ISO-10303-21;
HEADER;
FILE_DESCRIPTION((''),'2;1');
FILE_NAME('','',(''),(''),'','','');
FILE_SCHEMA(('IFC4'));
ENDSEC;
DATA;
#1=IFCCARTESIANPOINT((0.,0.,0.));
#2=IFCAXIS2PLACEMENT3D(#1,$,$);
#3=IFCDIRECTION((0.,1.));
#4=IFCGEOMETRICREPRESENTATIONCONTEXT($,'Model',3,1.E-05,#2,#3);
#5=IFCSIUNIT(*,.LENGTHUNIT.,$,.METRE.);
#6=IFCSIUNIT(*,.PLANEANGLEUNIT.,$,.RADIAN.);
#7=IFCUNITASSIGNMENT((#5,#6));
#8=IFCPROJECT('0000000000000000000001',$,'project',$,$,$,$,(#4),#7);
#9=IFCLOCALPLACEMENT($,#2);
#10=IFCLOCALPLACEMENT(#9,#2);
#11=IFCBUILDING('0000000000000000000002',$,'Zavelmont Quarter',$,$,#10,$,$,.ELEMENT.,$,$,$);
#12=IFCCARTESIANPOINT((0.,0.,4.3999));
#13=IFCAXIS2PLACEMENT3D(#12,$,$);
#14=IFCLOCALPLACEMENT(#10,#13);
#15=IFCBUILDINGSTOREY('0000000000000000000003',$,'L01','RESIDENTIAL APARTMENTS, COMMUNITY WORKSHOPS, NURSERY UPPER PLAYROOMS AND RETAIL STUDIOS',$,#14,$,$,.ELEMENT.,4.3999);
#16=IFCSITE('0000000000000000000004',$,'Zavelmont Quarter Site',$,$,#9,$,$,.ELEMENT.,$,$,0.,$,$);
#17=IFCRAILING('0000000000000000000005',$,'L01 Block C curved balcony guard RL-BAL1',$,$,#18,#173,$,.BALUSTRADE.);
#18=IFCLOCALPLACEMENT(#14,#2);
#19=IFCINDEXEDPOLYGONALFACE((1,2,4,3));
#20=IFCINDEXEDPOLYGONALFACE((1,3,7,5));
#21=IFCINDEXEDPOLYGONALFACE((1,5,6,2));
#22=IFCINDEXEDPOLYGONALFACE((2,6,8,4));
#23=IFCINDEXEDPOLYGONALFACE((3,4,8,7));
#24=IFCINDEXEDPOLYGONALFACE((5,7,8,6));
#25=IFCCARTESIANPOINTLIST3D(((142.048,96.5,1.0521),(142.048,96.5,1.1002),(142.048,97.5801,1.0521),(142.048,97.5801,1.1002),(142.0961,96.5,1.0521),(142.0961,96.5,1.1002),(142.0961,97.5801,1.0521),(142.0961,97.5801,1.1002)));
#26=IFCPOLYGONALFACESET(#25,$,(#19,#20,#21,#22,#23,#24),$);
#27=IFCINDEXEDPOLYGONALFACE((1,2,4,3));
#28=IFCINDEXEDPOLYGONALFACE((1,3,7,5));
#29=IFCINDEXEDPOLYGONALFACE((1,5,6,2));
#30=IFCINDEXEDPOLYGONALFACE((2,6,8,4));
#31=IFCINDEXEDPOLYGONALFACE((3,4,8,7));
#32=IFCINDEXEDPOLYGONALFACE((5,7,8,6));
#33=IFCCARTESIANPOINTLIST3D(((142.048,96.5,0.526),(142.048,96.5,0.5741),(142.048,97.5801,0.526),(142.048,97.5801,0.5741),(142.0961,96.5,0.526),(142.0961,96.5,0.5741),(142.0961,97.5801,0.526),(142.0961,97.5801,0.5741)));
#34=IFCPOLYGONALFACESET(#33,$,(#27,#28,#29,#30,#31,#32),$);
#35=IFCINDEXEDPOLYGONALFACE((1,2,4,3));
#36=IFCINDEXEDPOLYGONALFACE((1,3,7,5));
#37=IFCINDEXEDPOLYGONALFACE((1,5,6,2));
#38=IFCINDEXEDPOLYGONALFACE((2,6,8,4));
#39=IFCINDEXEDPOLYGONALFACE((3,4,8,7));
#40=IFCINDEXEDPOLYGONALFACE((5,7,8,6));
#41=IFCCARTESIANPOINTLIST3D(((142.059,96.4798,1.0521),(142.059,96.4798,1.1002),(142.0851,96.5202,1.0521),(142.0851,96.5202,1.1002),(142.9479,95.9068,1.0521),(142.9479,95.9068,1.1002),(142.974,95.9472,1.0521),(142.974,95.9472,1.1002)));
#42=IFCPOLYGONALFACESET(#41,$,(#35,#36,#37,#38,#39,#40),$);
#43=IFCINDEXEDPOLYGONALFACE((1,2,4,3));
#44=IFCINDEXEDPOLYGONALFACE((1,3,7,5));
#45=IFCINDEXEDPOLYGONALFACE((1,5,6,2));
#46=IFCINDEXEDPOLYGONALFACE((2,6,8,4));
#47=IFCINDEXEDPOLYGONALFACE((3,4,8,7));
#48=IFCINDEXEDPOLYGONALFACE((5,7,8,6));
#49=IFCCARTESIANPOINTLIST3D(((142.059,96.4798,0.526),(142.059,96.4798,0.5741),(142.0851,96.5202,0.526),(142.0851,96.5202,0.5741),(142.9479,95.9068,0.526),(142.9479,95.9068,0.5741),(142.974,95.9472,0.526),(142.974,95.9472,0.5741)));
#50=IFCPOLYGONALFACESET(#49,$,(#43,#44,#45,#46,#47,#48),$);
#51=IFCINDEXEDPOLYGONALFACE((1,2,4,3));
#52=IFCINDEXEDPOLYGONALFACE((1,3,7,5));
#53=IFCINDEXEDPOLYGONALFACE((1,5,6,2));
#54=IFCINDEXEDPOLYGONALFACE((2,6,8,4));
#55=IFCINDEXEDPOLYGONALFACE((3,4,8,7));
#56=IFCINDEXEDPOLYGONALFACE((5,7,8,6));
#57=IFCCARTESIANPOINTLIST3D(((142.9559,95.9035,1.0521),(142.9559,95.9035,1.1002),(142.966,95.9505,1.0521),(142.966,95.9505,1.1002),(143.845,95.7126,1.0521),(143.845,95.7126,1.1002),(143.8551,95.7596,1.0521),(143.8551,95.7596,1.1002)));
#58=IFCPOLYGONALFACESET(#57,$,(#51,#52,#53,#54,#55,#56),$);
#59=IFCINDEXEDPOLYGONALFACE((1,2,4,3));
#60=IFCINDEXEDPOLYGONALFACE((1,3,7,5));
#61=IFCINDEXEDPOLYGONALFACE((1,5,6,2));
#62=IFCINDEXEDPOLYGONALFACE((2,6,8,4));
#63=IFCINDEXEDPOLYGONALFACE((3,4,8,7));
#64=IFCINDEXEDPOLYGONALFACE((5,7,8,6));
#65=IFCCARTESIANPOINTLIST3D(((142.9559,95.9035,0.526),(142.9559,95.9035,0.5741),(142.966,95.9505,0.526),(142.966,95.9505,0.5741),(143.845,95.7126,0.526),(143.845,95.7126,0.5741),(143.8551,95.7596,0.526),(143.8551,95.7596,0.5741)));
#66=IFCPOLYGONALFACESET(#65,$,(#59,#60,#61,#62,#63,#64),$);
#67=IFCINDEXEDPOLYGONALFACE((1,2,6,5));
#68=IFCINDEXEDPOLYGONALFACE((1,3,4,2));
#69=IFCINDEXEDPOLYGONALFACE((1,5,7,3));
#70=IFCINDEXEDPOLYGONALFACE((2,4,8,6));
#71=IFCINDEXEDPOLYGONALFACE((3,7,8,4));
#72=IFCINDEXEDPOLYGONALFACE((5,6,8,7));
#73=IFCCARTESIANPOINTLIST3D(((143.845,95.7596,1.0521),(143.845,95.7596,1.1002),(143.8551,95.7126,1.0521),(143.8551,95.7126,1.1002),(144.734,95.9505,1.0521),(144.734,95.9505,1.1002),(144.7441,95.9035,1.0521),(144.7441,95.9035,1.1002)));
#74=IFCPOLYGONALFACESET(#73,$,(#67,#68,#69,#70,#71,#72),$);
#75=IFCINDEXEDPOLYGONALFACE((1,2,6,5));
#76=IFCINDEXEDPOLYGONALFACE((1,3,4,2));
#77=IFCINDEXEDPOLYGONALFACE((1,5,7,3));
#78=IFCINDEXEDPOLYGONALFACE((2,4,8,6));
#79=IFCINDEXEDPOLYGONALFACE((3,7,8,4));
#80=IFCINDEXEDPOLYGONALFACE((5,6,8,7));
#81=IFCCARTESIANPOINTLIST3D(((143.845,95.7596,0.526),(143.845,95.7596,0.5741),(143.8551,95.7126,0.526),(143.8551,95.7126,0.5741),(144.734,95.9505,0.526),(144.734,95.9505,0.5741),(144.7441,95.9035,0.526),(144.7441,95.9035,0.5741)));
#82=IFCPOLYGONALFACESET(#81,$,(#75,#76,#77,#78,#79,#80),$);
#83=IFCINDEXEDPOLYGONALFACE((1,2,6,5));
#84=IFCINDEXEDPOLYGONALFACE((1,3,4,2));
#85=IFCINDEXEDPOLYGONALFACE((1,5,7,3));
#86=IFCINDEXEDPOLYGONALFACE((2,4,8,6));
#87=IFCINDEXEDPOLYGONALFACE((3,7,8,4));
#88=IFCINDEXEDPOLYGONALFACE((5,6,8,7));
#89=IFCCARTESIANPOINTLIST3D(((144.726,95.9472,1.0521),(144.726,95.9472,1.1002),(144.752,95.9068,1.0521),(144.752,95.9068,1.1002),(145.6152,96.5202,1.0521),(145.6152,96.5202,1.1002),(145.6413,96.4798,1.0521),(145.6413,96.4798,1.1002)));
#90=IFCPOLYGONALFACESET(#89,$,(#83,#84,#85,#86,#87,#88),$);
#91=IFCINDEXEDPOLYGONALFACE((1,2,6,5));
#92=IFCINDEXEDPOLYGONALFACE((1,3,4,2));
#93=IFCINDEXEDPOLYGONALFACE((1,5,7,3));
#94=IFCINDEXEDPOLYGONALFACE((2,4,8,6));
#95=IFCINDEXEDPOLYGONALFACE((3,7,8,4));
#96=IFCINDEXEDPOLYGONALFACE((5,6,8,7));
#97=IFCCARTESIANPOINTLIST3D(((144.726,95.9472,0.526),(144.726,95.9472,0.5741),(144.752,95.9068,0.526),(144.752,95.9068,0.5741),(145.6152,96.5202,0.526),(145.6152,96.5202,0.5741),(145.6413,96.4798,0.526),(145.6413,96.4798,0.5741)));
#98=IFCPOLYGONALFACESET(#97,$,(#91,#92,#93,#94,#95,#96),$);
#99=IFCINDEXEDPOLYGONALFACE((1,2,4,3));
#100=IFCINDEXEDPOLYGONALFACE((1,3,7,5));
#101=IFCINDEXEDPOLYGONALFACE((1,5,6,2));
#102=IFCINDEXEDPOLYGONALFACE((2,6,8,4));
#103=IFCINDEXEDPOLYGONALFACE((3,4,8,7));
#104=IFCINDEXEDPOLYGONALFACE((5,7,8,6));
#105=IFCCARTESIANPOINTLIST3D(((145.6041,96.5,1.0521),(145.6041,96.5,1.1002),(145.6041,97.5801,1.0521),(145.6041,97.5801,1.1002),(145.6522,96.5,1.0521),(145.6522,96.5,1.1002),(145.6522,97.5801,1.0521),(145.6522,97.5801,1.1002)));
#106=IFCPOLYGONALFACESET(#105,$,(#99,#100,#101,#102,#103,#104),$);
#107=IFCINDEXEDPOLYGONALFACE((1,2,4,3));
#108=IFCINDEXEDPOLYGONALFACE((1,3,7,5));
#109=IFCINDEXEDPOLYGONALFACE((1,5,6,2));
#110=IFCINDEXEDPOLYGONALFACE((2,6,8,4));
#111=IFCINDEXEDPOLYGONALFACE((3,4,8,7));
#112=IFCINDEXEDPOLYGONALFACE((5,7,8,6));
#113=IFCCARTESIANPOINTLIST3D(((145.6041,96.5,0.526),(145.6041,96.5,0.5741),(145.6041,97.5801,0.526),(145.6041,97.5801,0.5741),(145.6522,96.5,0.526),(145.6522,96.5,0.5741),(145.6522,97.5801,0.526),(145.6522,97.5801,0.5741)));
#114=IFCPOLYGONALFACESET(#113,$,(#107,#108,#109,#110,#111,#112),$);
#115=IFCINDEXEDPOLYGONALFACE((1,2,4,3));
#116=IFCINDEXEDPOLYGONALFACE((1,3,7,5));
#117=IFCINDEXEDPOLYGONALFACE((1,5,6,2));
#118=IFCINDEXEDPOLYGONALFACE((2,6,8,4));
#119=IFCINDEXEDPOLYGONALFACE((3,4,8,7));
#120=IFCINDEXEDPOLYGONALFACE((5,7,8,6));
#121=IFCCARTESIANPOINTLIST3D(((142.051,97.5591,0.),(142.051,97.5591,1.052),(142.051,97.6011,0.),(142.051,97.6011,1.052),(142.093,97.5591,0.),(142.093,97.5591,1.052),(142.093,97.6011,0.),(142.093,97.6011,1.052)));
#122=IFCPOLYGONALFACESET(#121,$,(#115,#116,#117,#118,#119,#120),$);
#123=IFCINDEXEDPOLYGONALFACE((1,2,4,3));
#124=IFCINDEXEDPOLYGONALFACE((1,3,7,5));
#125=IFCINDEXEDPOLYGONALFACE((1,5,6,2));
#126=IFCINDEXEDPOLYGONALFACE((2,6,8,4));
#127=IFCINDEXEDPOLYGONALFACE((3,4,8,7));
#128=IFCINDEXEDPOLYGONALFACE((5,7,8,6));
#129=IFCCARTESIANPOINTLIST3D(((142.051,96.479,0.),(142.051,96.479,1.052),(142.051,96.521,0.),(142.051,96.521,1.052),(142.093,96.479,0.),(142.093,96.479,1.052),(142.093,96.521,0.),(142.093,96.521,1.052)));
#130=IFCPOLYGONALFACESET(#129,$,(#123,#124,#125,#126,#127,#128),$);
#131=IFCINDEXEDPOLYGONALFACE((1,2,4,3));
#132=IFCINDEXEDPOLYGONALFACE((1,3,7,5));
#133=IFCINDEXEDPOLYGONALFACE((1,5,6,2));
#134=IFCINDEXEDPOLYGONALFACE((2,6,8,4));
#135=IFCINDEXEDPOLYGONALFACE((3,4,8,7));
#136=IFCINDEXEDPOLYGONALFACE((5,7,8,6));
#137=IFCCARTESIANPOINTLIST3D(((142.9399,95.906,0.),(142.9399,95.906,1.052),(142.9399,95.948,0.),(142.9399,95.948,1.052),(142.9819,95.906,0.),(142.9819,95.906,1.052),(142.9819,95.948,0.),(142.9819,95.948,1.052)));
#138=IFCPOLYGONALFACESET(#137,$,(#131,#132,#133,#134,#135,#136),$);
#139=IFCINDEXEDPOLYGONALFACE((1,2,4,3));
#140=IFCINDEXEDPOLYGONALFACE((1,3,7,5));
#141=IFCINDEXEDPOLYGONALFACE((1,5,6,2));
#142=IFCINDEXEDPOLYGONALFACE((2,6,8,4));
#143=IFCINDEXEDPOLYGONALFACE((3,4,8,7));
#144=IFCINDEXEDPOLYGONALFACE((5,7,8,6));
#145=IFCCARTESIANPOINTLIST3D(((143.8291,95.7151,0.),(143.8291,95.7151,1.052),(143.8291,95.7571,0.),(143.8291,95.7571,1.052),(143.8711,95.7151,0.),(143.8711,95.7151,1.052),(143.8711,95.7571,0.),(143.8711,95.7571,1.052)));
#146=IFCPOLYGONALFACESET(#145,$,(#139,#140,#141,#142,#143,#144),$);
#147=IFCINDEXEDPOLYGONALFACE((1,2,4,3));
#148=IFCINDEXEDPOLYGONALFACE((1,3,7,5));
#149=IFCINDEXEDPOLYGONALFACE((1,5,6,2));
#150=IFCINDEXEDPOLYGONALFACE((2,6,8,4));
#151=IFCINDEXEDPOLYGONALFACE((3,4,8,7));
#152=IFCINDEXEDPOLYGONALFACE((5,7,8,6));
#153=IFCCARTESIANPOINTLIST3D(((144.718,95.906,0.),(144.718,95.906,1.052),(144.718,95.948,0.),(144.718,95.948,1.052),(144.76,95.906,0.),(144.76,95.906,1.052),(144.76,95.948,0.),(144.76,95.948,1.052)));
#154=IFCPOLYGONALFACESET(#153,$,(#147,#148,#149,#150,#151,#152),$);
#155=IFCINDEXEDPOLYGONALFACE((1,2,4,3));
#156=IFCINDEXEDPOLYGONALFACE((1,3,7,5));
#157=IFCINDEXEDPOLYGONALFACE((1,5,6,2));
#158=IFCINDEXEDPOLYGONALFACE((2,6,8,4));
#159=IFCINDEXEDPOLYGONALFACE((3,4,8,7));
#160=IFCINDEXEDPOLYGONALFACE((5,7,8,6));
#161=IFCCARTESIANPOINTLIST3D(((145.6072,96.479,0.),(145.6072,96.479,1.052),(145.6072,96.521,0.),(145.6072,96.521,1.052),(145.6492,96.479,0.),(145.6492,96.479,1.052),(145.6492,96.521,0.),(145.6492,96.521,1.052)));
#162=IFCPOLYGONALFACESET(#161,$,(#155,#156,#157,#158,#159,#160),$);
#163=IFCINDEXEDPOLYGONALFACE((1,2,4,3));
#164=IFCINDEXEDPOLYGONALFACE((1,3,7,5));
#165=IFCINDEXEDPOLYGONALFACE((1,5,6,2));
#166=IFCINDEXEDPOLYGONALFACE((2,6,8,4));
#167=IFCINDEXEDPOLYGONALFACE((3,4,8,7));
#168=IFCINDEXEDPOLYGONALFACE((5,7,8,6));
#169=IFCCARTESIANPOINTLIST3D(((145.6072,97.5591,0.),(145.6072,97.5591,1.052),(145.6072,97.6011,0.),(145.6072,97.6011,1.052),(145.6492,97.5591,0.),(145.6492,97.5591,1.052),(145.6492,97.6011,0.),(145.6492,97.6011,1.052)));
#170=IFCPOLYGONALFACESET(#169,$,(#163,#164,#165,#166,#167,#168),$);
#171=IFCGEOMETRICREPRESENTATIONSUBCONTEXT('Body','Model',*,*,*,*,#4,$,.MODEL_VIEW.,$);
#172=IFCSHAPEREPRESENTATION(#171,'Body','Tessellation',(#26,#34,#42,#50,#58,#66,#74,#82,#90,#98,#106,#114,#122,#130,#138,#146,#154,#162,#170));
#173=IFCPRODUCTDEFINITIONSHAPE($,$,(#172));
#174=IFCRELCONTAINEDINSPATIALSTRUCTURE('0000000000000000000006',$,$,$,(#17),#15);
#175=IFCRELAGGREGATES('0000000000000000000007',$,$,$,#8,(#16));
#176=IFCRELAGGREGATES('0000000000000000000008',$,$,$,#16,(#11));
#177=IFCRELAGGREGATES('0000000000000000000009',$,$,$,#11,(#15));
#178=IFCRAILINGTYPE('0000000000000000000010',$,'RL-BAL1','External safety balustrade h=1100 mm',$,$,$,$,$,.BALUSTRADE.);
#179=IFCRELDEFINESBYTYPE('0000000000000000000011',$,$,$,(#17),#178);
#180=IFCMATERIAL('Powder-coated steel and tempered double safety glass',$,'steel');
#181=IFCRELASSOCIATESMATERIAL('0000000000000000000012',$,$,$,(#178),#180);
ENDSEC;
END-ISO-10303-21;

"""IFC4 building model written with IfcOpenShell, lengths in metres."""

from ifc_helpers import new_model, si_unit, direction, frame, origin, origin_2d, place, context, subcontext, project, spatial, rectangle, extrude, material, type_object, element, save


model = new_model("IFC4")

# Units and contexts
model_context = context("Model", 3, precision=1e-05, world=origin(), true_north=direction((0.0, 1.0)))
body_context = subcontext(model_context, "Body", "Model", "MODEL_VIEW")
ifc_project = project(units=[si_unit("LENGTHUNIT", "METRE"), si_unit("PLANEANGLEUNIT", "RADIAN")], contexts=[model_context])

# Site, building, storey
site_placement = place(None, origin())
site = spatial("IfcSite", under=ifc_project, at=site_placement, Name="Zavelmont Quarter Site", CompositionType="ELEMENT", RefElevation=0.0)
building_placement = place(site_placement, origin())
building = spatial("IfcBuilding", under=site, at=building_placement, Name="Zavelmont Quarter", CompositionType="ELEMENT")
storey_placement = place(building_placement, frame((0.0, 0.0, 4.3999)))
storey = spatial("IfcBuildingStorey", under=building, at=storey_placement, Name="L01", Description="RESIDENTIAL APARTMENTS, COMMUNITY WORKSHOPS, NURSERY UPPER PLAYROOMS AND RETAIL STUDIOS", CompositionType="ELEMENT", Elevation=4.3999)

# Railing
ifc_material_1 = material(Name="Powder-coated steel and tempered double safety glass", Category="steel")
railing_type = type_object("IfcRailingType", Name="RL-BAL1", Description="External safety balustrade h=1100 mm", PredefinedType="BALUSTRADE", material=ifc_material_1)
railing_placement = place(storey_placement, frame((142.072, 97.5801, 0.0)))
element("IfcRailing", 1, at=railing_placement, inside=storey, type_object=railing_type, Name="L01 Block C curved balcony guard RL-BAL1", PredefinedType="BALUSTRADE", context=body_context, shape_type="SweptSolid", body=[
    extrude(rectangle(XDim=0.0481, YDim=0.0481, at=origin_2d()), frame((0.0, 0.0, 1.0762), z_axis=(0.0, -1.0, 0.0), x_axis=(1.0, 0.0, 0.0)), (0.0, 0.0, 1.0), 1.0801),
    extrude(rectangle(XDim=0.0481, YDim=0.0481, at=origin_2d()), frame((0.0, 0.0, 0.55), z_axis=(0.0, -1.0, 0.0), x_axis=(1.0, 0.0, 0.0)), (0.0, 0.0, 1.0), 1.0801),
    extrude(rectangle(XDim=0.0481, YDim=0.0481, at=origin_2d()), frame((0.0, -1.0801, 1.0762), z_axis=(0.84051, -0.541796, 0.0), x_axis=(0.541796, 0.84051, 0.0)), (0.0, 0.0, 1.0), 1.0576),
    extrude(rectangle(XDim=0.0481, YDim=0.0481, at=origin_2d()), frame((0.0, -1.0801, 0.55), z_axis=(0.84051, -0.541796, 0.0), x_axis=(0.541796, 0.84051, 0.0)), (0.0, 0.0, 1.0), 1.0576),
    extrude(rectangle(XDim=0.0481, YDim=0.0481, at=origin_2d()), frame((0.8889, -1.6531, 1.0762), z_axis=(0.977716, -0.209932, 0.0), x_axis=(0.209932, 0.977716, 0.0)), (0.0, 0.0, 1.0), 0.9094),
    extrude(rectangle(XDim=0.0481, YDim=0.0481, at=origin_2d()), frame((0.8889, -1.6531, 0.55), z_axis=(0.977716, -0.209932, 0.0), x_axis=(0.209932, 0.977716, 0.0)), (0.0, 0.0, 1.0), 0.9094),
    extrude(rectangle(XDim=0.0481, YDim=0.0481, at=origin_2d()), frame((1.7781, -1.844, 1.0762), z_axis=(0.977704, 0.209988, 0.0), x_axis=(-0.209988, 0.977704, 0.0)), (0.0, 0.0, 1.0), 0.9092),
    extrude(rectangle(XDim=0.0481, YDim=0.0481, at=origin_2d()), frame((1.7781, -1.844, 0.55), z_axis=(0.977704, 0.209988, 0.0), x_axis=(-0.209988, 0.977704, 0.0)), (0.0, 0.0, 1.0), 0.9092),
    extrude(rectangle(XDim=0.0481, YDim=0.0481, at=origin_2d()), frame((2.667, -1.6531, 1.0762), z_axis=(0.840578, 0.54169, 0.0), x_axis=(-0.54169, 0.840578, 0.0)), (0.0, 0.0, 1.0), 1.0579),
    extrude(rectangle(XDim=0.0481, YDim=0.0481, at=origin_2d()), frame((2.667, -1.6531, 0.55), z_axis=(0.840578, 0.54169, 0.0), x_axis=(-0.54169, 0.840578, 0.0)), (0.0, 0.0, 1.0), 1.0579),
    extrude(rectangle(XDim=0.0481, YDim=0.0481, at=origin_2d()), frame((3.5562, -1.0801, 1.0762), z_axis=(0.0, 1.0, 0.0), x_axis=(-1.0, 0.0, 0.0)), (0.0, 0.0, 1.0), 1.0801),
    extrude(rectangle(XDim=0.0481, YDim=0.0481, at=origin_2d()), frame((3.5562, -1.0801, 0.55), z_axis=(0.0, 1.0, 0.0), x_axis=(-1.0, 0.0, 0.0)), (0.0, 0.0, 1.0), 1.0801),
    extrude(rectangle(XDim=0.042, YDim=0.042, at=origin_2d()), origin(), (0.0, 0.0, 1.0), 1.052),
    extrude(rectangle(XDim=0.042, YDim=0.042, at=origin_2d()), frame((0.0, -1.0801, 0.0)), (0.0, 0.0, 1.0), 1.052),
    extrude(rectangle(XDim=0.042, YDim=0.042, at=origin_2d()), frame((0.8889, -1.6531, 0.0)), (0.0, 0.0, 1.0), 1.052),
    extrude(rectangle(XDim=0.042, YDim=0.042, at=origin_2d()), frame((1.7781, -1.844, 0.0)), (0.0, 0.0, 1.0), 1.052),
    extrude(rectangle(XDim=0.042, YDim=0.042, at=origin_2d()), frame((2.667, -1.6531, 0.0)), (0.0, 0.0, 1.0), 1.052),
    extrude(rectangle(XDim=0.042, YDim=0.042, at=origin_2d()), frame((3.5562, -1.0801, 0.0)), (0.0, 0.0, 1.0), 1.052),
    extrude(rectangle(XDim=0.042, YDim=0.042, at=origin_2d()), frame((3.5562, 0.0, 0.0)), (0.0, 0.0, 1.0), 1.052),
])

save(model, "model.ifc")
